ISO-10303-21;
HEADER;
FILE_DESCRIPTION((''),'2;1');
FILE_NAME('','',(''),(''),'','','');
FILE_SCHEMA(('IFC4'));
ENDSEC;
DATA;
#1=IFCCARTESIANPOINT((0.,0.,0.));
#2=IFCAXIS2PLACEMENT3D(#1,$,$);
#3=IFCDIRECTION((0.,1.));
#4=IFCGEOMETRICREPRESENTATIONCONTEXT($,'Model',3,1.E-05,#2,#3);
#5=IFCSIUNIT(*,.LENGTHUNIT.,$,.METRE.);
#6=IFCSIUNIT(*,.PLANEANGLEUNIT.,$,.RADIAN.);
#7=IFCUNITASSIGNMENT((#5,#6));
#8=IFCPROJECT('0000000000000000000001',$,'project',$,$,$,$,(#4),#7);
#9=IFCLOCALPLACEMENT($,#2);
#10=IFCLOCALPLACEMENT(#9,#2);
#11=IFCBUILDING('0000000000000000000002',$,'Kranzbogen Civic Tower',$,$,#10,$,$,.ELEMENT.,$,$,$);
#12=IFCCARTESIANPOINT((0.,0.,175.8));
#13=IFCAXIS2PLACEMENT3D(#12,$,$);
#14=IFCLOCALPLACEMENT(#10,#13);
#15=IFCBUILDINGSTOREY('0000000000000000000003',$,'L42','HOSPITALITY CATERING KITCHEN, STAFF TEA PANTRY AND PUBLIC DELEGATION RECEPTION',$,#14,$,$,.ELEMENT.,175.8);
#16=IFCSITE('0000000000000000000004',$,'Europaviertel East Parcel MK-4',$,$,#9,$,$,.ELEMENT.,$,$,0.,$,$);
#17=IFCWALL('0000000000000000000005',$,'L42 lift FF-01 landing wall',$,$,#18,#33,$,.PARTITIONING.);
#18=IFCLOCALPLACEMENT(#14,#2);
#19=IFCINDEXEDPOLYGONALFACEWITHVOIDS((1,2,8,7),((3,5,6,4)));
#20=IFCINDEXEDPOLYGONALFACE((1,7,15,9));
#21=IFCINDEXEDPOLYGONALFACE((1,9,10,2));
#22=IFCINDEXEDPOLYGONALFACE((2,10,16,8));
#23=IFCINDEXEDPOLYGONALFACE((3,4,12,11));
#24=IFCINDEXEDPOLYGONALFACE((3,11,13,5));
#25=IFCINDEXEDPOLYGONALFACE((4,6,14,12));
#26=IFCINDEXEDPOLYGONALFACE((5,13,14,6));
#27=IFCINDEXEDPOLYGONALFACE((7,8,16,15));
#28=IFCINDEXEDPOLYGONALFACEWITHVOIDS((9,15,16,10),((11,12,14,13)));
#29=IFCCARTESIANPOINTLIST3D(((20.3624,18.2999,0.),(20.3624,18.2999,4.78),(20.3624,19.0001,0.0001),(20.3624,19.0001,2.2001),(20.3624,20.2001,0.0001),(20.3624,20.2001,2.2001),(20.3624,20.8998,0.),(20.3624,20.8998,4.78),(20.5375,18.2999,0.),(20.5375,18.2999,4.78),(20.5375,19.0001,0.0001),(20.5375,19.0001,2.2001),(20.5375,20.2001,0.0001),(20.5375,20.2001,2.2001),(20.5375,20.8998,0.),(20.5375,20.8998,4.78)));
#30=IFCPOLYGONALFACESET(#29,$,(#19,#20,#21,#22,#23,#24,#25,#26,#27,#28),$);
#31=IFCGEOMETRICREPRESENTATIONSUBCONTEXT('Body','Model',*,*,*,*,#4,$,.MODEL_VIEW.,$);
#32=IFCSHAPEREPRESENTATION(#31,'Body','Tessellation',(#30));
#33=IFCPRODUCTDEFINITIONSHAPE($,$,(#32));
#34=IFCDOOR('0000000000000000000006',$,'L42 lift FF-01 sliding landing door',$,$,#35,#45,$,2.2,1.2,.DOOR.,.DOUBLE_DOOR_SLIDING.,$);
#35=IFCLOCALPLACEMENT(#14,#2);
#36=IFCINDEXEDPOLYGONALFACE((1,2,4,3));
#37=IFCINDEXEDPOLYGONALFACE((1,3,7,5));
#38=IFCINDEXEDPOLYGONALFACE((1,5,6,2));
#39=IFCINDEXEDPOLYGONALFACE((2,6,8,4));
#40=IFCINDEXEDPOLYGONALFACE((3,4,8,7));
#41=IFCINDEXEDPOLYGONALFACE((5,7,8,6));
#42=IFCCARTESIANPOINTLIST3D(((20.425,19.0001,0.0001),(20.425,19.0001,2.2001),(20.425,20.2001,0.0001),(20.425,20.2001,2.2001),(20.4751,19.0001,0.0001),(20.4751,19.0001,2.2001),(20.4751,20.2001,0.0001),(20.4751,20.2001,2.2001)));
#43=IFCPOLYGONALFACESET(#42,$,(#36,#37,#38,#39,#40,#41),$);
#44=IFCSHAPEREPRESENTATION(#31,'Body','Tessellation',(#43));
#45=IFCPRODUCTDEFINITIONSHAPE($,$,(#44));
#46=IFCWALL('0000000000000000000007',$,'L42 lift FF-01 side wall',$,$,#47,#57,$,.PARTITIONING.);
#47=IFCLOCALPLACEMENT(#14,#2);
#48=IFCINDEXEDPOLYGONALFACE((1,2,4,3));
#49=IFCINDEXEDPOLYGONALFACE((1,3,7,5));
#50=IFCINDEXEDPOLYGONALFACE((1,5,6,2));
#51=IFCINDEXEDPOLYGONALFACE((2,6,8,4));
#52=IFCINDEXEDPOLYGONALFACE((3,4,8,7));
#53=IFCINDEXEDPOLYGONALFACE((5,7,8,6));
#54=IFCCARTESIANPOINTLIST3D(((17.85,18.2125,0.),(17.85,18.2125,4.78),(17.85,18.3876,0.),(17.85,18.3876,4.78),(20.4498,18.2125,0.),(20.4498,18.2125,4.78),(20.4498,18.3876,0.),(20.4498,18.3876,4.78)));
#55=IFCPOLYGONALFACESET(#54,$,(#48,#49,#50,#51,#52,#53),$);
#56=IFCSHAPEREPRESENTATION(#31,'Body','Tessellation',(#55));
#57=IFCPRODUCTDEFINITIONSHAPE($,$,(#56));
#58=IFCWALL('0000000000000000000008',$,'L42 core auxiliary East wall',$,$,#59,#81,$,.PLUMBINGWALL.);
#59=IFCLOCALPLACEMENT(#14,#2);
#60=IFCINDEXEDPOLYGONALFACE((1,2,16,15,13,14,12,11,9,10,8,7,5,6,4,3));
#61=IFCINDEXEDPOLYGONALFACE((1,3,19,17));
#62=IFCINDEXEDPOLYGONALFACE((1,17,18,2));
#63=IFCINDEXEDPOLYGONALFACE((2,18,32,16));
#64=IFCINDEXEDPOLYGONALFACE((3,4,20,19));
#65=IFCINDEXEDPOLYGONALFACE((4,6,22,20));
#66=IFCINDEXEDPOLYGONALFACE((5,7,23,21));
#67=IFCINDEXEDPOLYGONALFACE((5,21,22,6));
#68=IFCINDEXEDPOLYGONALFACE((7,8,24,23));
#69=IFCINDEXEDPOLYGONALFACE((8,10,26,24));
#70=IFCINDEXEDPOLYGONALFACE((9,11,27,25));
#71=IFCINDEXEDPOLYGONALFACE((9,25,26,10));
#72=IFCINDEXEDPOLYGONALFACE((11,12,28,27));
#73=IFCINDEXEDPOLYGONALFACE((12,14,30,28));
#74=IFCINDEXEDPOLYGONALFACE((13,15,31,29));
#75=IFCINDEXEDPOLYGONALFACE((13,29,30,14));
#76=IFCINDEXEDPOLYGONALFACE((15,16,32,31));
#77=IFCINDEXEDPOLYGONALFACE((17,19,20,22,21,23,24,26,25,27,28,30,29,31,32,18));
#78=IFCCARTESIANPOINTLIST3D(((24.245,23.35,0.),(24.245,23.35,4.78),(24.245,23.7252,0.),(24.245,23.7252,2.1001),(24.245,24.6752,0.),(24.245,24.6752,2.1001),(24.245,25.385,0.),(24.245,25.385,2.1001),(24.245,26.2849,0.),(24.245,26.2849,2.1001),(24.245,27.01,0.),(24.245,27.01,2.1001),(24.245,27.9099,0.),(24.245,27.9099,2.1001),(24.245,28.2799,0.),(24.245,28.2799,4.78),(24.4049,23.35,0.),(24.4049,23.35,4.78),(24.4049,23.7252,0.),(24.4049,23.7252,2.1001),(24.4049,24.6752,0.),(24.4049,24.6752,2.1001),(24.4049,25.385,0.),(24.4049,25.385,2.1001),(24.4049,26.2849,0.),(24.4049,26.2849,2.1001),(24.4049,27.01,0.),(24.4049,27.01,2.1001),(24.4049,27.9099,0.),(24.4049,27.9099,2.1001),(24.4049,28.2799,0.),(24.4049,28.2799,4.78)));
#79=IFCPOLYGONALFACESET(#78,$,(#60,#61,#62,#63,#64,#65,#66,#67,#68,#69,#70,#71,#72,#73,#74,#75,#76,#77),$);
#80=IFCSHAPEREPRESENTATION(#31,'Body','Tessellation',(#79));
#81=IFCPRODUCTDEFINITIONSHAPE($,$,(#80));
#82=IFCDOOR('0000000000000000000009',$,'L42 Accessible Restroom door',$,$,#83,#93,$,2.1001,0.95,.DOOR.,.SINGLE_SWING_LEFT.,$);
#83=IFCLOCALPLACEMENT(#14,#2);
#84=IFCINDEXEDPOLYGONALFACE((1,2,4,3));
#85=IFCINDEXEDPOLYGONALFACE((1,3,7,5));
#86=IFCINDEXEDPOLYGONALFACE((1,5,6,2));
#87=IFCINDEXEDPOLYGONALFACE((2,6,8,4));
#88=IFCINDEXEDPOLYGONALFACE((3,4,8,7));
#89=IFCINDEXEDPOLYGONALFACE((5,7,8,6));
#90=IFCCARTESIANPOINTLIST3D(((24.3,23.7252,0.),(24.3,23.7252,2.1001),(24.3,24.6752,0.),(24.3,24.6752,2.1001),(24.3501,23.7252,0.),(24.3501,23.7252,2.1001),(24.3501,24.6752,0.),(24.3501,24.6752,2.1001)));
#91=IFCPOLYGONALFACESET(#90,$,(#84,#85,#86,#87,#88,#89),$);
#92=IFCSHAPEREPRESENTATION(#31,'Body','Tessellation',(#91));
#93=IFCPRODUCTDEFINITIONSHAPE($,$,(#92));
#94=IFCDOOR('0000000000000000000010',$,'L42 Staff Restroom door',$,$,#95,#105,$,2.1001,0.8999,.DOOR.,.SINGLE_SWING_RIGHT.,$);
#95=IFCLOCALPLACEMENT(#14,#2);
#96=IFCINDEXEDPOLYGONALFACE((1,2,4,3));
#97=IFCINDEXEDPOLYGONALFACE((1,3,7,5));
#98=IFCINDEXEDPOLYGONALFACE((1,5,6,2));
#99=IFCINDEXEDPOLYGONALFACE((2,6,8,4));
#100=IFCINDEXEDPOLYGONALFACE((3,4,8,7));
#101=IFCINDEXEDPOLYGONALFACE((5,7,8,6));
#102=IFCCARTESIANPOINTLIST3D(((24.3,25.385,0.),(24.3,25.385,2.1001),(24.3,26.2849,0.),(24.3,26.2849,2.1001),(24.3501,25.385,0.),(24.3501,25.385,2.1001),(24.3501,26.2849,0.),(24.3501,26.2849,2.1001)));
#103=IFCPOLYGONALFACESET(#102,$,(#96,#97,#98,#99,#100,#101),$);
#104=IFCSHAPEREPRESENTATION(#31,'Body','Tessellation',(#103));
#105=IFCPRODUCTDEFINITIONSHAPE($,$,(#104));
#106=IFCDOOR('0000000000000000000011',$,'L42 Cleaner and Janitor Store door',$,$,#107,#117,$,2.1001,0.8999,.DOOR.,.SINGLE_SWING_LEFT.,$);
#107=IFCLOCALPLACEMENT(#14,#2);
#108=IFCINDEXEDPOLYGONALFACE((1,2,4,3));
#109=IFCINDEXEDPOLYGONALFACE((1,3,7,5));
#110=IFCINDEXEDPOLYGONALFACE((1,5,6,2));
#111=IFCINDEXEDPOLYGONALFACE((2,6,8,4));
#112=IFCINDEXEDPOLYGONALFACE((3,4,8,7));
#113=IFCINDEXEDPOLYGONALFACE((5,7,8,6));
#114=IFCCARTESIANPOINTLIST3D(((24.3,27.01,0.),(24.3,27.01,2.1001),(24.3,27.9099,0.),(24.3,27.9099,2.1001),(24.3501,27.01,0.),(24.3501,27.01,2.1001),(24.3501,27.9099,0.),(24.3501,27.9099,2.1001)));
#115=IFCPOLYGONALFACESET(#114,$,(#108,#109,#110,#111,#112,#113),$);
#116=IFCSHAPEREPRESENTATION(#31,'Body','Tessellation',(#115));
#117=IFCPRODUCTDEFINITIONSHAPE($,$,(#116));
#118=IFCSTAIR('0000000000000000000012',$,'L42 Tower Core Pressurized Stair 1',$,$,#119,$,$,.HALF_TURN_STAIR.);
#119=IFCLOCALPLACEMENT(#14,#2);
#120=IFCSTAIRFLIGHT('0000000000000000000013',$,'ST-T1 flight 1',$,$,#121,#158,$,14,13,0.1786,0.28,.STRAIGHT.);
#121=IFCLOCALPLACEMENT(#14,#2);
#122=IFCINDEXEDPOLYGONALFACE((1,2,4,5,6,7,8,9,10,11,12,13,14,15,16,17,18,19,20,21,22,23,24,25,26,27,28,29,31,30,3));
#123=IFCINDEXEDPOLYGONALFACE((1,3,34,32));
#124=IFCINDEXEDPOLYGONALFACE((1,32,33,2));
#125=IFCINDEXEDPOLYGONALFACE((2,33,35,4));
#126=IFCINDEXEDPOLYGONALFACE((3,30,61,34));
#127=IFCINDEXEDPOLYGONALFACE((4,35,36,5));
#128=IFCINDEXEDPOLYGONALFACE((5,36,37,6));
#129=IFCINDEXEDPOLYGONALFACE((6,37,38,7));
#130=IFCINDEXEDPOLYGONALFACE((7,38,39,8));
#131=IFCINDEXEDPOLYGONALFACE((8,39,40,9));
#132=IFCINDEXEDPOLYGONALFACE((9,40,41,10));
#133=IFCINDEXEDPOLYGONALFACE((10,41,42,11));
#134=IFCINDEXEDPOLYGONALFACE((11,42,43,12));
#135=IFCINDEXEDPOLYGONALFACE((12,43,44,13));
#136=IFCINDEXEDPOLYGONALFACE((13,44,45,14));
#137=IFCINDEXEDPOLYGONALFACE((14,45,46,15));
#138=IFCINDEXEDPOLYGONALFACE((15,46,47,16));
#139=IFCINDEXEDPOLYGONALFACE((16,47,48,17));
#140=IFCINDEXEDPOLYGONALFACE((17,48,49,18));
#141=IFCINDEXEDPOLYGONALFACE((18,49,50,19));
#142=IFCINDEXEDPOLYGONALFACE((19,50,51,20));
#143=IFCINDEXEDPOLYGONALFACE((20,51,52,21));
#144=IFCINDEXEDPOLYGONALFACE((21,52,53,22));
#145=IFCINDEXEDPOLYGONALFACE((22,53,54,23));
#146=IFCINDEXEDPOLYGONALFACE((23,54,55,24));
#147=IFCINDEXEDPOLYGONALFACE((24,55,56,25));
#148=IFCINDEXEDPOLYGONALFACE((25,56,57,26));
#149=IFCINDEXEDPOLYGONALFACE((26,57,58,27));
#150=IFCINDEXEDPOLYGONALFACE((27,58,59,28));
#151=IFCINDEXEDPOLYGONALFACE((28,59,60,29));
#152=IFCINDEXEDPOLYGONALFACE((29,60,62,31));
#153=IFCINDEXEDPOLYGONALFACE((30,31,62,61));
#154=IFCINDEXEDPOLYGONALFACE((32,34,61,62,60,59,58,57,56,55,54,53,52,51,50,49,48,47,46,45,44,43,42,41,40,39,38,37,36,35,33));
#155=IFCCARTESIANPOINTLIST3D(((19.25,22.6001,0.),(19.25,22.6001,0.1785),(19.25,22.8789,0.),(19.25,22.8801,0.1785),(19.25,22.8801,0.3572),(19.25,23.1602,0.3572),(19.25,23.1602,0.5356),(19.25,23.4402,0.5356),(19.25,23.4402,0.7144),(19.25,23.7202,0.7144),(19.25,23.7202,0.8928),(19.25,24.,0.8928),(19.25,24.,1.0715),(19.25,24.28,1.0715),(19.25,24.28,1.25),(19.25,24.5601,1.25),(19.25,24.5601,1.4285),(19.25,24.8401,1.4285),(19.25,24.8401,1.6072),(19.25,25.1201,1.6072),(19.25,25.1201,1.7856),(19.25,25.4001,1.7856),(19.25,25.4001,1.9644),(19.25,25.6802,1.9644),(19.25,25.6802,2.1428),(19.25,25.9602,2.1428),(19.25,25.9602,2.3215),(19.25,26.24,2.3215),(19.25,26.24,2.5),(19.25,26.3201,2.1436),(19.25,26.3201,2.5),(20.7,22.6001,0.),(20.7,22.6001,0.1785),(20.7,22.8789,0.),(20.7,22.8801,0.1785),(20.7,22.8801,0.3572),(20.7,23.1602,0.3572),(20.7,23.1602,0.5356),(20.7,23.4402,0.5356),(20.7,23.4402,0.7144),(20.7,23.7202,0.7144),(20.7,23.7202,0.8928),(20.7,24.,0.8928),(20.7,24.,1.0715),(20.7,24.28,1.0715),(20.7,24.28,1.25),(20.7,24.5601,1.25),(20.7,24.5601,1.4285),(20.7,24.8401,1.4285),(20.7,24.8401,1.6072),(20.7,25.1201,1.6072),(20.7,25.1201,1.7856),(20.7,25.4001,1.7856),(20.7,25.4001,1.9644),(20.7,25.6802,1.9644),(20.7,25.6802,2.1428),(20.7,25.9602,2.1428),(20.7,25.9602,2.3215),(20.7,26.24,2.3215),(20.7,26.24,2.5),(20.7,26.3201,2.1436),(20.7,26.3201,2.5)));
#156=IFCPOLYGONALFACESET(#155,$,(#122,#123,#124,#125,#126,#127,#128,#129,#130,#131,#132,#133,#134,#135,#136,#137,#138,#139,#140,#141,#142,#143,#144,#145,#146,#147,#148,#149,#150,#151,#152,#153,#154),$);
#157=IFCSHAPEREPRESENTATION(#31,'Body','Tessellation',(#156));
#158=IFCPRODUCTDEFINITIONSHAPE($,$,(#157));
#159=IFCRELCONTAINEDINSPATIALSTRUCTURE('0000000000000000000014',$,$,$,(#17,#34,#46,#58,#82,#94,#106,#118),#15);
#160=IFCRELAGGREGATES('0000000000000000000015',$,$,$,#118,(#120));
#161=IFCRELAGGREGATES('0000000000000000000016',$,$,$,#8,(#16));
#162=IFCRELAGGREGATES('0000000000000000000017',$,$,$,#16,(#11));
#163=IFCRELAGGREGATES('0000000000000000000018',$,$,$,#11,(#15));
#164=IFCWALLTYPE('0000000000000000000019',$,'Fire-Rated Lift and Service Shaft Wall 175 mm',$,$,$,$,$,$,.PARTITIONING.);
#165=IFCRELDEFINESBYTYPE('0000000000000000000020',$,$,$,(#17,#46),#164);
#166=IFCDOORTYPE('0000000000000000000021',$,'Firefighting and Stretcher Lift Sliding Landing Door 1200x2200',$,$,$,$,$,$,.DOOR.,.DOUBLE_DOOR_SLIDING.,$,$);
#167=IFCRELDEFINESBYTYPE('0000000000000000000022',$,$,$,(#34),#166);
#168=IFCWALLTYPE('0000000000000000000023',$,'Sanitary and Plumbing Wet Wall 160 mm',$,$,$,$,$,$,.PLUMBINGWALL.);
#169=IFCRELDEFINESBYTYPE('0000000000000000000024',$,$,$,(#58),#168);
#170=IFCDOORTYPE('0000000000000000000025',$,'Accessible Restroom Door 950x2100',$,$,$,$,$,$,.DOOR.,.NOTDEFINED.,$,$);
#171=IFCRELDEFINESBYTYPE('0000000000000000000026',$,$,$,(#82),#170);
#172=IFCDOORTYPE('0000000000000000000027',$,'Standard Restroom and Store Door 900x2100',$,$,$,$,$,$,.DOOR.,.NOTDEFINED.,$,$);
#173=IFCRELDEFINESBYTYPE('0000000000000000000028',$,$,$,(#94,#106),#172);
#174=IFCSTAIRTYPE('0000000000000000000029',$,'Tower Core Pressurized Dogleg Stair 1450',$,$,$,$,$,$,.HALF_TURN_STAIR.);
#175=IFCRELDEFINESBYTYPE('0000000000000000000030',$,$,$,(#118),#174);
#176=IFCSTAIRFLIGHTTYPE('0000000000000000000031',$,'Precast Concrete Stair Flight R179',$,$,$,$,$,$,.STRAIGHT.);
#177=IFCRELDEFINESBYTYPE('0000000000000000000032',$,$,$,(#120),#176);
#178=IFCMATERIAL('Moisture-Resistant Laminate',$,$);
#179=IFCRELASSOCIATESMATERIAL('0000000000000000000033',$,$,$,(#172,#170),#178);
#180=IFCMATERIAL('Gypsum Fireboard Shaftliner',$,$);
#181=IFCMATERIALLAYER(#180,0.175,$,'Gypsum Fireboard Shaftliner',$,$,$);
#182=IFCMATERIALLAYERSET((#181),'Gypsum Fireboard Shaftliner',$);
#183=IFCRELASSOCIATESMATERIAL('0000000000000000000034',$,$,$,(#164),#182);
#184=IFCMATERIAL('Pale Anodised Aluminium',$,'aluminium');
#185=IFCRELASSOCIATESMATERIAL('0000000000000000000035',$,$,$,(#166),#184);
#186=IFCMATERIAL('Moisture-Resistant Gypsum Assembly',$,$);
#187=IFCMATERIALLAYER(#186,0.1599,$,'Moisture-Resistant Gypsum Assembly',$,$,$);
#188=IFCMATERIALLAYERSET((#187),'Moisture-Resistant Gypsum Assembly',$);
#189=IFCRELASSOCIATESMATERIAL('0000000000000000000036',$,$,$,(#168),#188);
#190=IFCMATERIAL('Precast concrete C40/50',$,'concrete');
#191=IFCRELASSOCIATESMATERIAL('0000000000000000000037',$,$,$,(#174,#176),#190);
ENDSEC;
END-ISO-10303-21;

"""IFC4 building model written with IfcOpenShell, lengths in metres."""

from ifc_helpers import new_model, si_unit, direction, frame, frame_2d, origin, place, context, subcontext, project, spatial, polyline, rectangle, outline, extrude, material, layer, layer_set, type_object, element, fill, aggregate, save


model = new_model("IFC4")

# Units and contexts
model_context = context("Model", 3, precision=1e-05, world=origin(), true_north=direction((0.0, 1.0)))
body_context = subcontext(model_context, "Body", "Model", "MODEL_VIEW")
ifc_project = project(units=[si_unit("LENGTHUNIT", "METRE"), si_unit("PLANEANGLEUNIT", "RADIAN")], contexts=[model_context])

# Site, building, storey
site_placement = place(None, origin())
site = spatial("IfcSite", under=ifc_project, at=site_placement, Name="Europaviertel East Parcel MK-4", CompositionType="ELEMENT", RefElevation=0.0)
building_placement = place(site_placement, origin())
building = spatial("IfcBuilding", under=site, at=building_placement, Name="Kranzbogen Civic Tower", CompositionType="ELEMENT")
storey_placement = place(building_placement, frame((0.0, 0.0, 175.8)))
storey = spatial("IfcBuildingStorey", under=building, at=storey_placement, Name="L42", Description="HOSPITALITY CATERING KITCHEN, STAFF TEA PANTRY AND PUBLIC DELEGATION RECEPTION", CompositionType="ELEMENT", Elevation=175.8)

# Shared definitions
ifc_material_1 = material(Name="Moisture-Resistant Laminate")
door_type_1 = type_object("IfcDoorType", Name="Standard Restroom and Store Door 900x2100", OperationType="NOTDEFINED", PredefinedType="DOOR", material=ifc_material_1)

# Wall, opening, door
ifc_material_2 = material(Name="Gypsum Fireboard Shaftliner")
ifc_layer_1 = layer(ifc_material_2, 0.175, Name="Gypsum Fireboard Shaftliner")
ifc_layer_set_1 = layer_set([ifc_layer_1], Name="Gypsum Fireboard Shaftliner")
wall_type_1 = type_object("IfcWallType", Name="Fire-Rated Lift and Service Shaft Wall 175 mm", PredefinedType="PARTITIONING", material=ifc_layer_set_1)
wall_1_placement = place(storey_placement, frame((20.45, 18.3, 0.0), z_axis=(0.0, 0.0, 1.0), x_axis=(0.0, 1.0, 0.0)))
wall_1 = element("IfcWall", 1, at=wall_1_placement, inside=storey, type_object=wall_type_1, Name="L42 lift FF-01 landing wall", PredefinedType="PARTITIONING", context=body_context, shape_type="SweptSolid", body=[
    extrude(rectangle(XDim=2.5999, YDim=0.175, at=frame_2d((1.2998, 0.0))), origin(), (0.0, 0.0, 1.0), 4.78),
])
opening_1_placement = place(wall_1_placement, frame((0.7, 0.0, 0.0)))
opening_1 = element("IfcOpeningElement", 2, at=opening_1_placement, cuts=wall_1, PredefinedType="OPENING", context=body_context, shape_type="SweptSolid", body=[
    extrude(rectangle(XDim=1.2, YDim=2.2, at=frame_2d((0.6001, 1.1001))), frame((0.0, 0.0977, 0.0), z_axis=(0.0, -1.0, 0.0), x_axis=(1.0, 0.0, 0.0)), (0.0, 0.0, 1.0), 0.1951),
])
ifc_material_3 = material(Name="Pale Anodised Aluminium", Category="aluminium")
door_type_2 = type_object("IfcDoorType", Name="Firefighting and Stretcher Lift Sliding Landing Door 1200x2200", OperationType="DOUBLE_DOOR_SLIDING", PredefinedType="DOOR", material=ifc_material_3)
door_1_placement = place(opening_1_placement, origin())
door_1 = element("IfcDoor", 3, at=door_1_placement, inside=storey, type_object=door_type_2, Name="L42 lift FF-01 sliding landing door", OperationType="DOUBLE_DOOR_SLIDING", OverallHeight=2.2, OverallWidth=1.2, PredefinedType="DOOR", context=body_context, shape_type="SweptSolid", body=[
    extrude(rectangle(XDim=1.2, YDim=2.2, at=frame_2d((0.6001, 1.1001))), frame((0.0, 0.0249, 0.0), z_axis=(0.0, -1.0, 0.0), x_axis=(1.0, 0.0, 0.0)), (0.0, 0.0, 1.0), 0.05),
])
fill(opening_1, door_1)

# Wall
wall_2_placement = place(storey_placement, frame((17.8501, 18.3, 0.0), z_axis=(0.0, 0.0, 1.0), x_axis=(1.0, 0.0, 0.0)))
element("IfcWall", 4, at=wall_2_placement, inside=storey, type_object=wall_type_1, Name="L42 lift FF-01 side wall", PredefinedType="PARTITIONING", context=body_context, shape_type="SweptSolid", body=[
    extrude(rectangle(XDim=2.5999, YDim=0.175, at=frame_2d((1.2998, 0.0))), origin(), (0.0, 0.0, 1.0), 4.78),
])

# Wall, openings, doors
ifc_material_4 = material(Name="Moisture-Resistant Gypsum Assembly")
ifc_layer_2 = layer(ifc_material_4, 0.1599, Name="Moisture-Resistant Gypsum Assembly")
ifc_layer_set_2 = layer_set([ifc_layer_2], Name="Moisture-Resistant Gypsum Assembly")
wall_type_2 = type_object("IfcWallType", Name="Sanitary and Plumbing Wet Wall 160 mm", PredefinedType="PLUMBINGWALL", material=ifc_layer_set_2)
wall_3_placement = place(storey_placement, frame((24.325, 23.3501, 0.0), z_axis=(0.0, 0.0, 1.0), x_axis=(0.0, 1.0, 0.0)))
wall_3 = element("IfcWall", 5, at=wall_3_placement, inside=storey, type_object=wall_type_2, Name="L42 core auxiliary East wall", PredefinedType="PLUMBINGWALL", context=body_context, shape_type="SweptSolid", body=[
    extrude(rectangle(XDim=4.9299, YDim=0.1599, at=frame_2d((2.4648, 0.0))), origin(), (0.0, 0.0, 1.0), 4.78),
])
opening_2_placement = place(wall_3_placement, frame((0.375, 0.0, 0.0)))
opening_2 = element("IfcOpeningElement", 6, at=opening_2_placement, cuts=wall_3, PredefinedType="OPENING", context=body_context, shape_type="SweptSolid", body=[
    extrude(rectangle(XDim=0.95, YDim=2.1001, at=frame_2d((0.4751, 1.05))), frame((0.0, 0.0898, 0.0), z_axis=(0.0, -1.0, 0.0), x_axis=(1.0, 0.0, 0.0)), (0.0, 0.0, 1.0), 0.1799),
])
opening_3_placement = place(wall_3_placement, frame((2.0349, 0.0, 0.0)))
opening_3 = element("IfcOpeningElement", 7, at=opening_3_placement, cuts=wall_3, PredefinedType="OPENING", context=body_context, shape_type="SweptSolid", body=[
    extrude(rectangle(XDim=0.8999, YDim=2.1001, at=frame_2d((0.45, 1.05))), frame((0.0, 0.0898, 0.0), z_axis=(0.0, -1.0, 0.0), x_axis=(1.0, 0.0, 0.0)), (0.0, 0.0, 1.0), 0.1799),
])
opening_4_placement = place(wall_3_placement, frame((3.6599, 0.0, 0.0)))
opening_4 = element("IfcOpeningElement", 8, at=opening_4_placement, cuts=wall_3, PredefinedType="OPENING", context=body_context, shape_type="SweptSolid", body=[
    extrude(rectangle(XDim=0.8999, YDim=2.1001, at=frame_2d((0.45, 1.05))), frame((0.0, 0.0898, 0.0), z_axis=(0.0, -1.0, 0.0), x_axis=(1.0, 0.0, 0.0)), (0.0, 0.0, 1.0), 0.1799),
])
door_type_3 = type_object("IfcDoorType", Name="Accessible Restroom Door 950x2100", OperationType="NOTDEFINED", PredefinedType="DOOR", material=ifc_material_1)
door_2_placement = place(opening_2_placement, origin())
door_2 = element("IfcDoor", 9, at=door_2_placement, inside=storey, type_object=door_type_3, Name="L42 Accessible Restroom door", OperationType="SINGLE_SWING_LEFT", OverallHeight=2.1001, OverallWidth=0.95, PredefinedType="DOOR", context=body_context, shape_type="SweptSolid", body=[
    extrude(rectangle(XDim=0.95, YDim=2.1001, at=frame_2d((0.4751, 1.05))), frame((0.0, 0.0249, 0.0), z_axis=(0.0, -1.0, 0.0), x_axis=(1.0, 0.0, 0.0)), (0.0, 0.0, 1.0), 0.05),
])
fill(opening_2, door_2)
door_3_placement = place(opening_3_placement, origin())
door_3 = element("IfcDoor", 10, at=door_3_placement, inside=storey, type_object=door_type_1, Name="L42 Staff Restroom door", OperationType="SINGLE_SWING_RIGHT", OverallHeight=2.1001, OverallWidth=0.8999, PredefinedType="DOOR", context=body_context, shape_type="SweptSolid", body=[
    extrude(rectangle(XDim=0.8999, YDim=2.1001, at=frame_2d((0.45, 1.05))), frame((0.0, 0.0249, 0.0), z_axis=(0.0, -1.0, 0.0), x_axis=(1.0, 0.0, 0.0)), (0.0, 0.0, 1.0), 0.05),
])
fill(opening_3, door_3)
door_4_placement = place(opening_4_placement, origin())
door_4 = element("IfcDoor", 11, at=door_4_placement, inside=storey, type_object=door_type_1, Name="L42 Cleaner and Janitor Store door", OperationType="SINGLE_SWING_LEFT", OverallHeight=2.1001, OverallWidth=0.8999, PredefinedType="DOOR", context=body_context, shape_type="SweptSolid", body=[
    extrude(rectangle(XDim=0.8999, YDim=2.1001, at=frame_2d((0.45, 1.05))), frame((0.0, 0.0249, 0.0), z_axis=(0.0, -1.0, 0.0), x_axis=(1.0, 0.0, 0.0)), (0.0, 0.0, 1.0), 0.05),
])
fill(opening_4, door_4)

# Stair, stair flight
ifc_material_5 = material(Name="Precast concrete C40/50", Category="concrete")
stair_type = type_object("IfcStairType", Name="Tower Core Pressurized Dogleg Stair 1450", PredefinedType="HALF_TURN_STAIR", material=ifc_material_5)
stair_placement = place(storey_placement, origin())
stair = element("IfcStair", 12, at=stair_placement, inside=storey, type_object=stair_type, Name="L42 Tower Core Pressurized Stair 1", PredefinedType="HALF_TURN_STAIR")
stair_flight_type = type_object("IfcStairFlightType", Name="Precast Concrete Stair Flight R179", PredefinedType="STRAIGHT", material=ifc_material_5)
stair_flight_placement = place(storey_placement, frame((19.9751, 22.6001, 0.0), z_axis=(0.0, 0.0, 1.0), x_axis=(0.0, 1.0, 0.0)))
stair_flight = element("IfcStairFlight", 13, at=stair_flight_placement, type_object=stair_flight_type, Name="ST-T1 flight 1", NumberOfRisers=14, NumberOfTreads=13, PredefinedType="STRAIGHT", RiserHeight=0.1786, TreadLength=0.28, context=body_context, shape_type="SweptSolid", body=[
    extrude(outline(polyline([(0.0, 0.0), (0.0, 0.1785), (0.28, 0.1785), (0.28, 0.3572), (0.5601, 0.3572), (0.5601, 0.5356), (0.8401, 0.5356), (0.8401, 0.7144), (1.1201, 0.7144), (1.1201, 0.8928), (1.3999, 0.8928), (1.3999, 1.0715), (1.6799, 1.0715), (1.6799, 1.25), (1.96, 1.25), (1.96, 1.4285), (2.24, 1.4285), (2.24, 1.6072), (2.52, 1.6072), (2.52, 1.7856), (2.8, 1.7856), (2.8, 1.9644), (3.0801, 1.9644), (3.0801, 2.1428), (3.3601, 2.1428), (3.3601, 2.3215), (3.6399, 2.3215), (3.6399, 2.5), (3.72, 2.5), (3.72, 2.1436), (0.2788, 0.0), (0.0, 0.0)])), frame((0.0, 0.7251, 0.0), z_axis=(0.0, -1.0, 0.0), x_axis=(1.0, 0.0, 0.0)), (0.0, 0.0, 1.0), 1.45),
])
aggregate(stair, [stair_flight])

save(model, "model.ifc")
